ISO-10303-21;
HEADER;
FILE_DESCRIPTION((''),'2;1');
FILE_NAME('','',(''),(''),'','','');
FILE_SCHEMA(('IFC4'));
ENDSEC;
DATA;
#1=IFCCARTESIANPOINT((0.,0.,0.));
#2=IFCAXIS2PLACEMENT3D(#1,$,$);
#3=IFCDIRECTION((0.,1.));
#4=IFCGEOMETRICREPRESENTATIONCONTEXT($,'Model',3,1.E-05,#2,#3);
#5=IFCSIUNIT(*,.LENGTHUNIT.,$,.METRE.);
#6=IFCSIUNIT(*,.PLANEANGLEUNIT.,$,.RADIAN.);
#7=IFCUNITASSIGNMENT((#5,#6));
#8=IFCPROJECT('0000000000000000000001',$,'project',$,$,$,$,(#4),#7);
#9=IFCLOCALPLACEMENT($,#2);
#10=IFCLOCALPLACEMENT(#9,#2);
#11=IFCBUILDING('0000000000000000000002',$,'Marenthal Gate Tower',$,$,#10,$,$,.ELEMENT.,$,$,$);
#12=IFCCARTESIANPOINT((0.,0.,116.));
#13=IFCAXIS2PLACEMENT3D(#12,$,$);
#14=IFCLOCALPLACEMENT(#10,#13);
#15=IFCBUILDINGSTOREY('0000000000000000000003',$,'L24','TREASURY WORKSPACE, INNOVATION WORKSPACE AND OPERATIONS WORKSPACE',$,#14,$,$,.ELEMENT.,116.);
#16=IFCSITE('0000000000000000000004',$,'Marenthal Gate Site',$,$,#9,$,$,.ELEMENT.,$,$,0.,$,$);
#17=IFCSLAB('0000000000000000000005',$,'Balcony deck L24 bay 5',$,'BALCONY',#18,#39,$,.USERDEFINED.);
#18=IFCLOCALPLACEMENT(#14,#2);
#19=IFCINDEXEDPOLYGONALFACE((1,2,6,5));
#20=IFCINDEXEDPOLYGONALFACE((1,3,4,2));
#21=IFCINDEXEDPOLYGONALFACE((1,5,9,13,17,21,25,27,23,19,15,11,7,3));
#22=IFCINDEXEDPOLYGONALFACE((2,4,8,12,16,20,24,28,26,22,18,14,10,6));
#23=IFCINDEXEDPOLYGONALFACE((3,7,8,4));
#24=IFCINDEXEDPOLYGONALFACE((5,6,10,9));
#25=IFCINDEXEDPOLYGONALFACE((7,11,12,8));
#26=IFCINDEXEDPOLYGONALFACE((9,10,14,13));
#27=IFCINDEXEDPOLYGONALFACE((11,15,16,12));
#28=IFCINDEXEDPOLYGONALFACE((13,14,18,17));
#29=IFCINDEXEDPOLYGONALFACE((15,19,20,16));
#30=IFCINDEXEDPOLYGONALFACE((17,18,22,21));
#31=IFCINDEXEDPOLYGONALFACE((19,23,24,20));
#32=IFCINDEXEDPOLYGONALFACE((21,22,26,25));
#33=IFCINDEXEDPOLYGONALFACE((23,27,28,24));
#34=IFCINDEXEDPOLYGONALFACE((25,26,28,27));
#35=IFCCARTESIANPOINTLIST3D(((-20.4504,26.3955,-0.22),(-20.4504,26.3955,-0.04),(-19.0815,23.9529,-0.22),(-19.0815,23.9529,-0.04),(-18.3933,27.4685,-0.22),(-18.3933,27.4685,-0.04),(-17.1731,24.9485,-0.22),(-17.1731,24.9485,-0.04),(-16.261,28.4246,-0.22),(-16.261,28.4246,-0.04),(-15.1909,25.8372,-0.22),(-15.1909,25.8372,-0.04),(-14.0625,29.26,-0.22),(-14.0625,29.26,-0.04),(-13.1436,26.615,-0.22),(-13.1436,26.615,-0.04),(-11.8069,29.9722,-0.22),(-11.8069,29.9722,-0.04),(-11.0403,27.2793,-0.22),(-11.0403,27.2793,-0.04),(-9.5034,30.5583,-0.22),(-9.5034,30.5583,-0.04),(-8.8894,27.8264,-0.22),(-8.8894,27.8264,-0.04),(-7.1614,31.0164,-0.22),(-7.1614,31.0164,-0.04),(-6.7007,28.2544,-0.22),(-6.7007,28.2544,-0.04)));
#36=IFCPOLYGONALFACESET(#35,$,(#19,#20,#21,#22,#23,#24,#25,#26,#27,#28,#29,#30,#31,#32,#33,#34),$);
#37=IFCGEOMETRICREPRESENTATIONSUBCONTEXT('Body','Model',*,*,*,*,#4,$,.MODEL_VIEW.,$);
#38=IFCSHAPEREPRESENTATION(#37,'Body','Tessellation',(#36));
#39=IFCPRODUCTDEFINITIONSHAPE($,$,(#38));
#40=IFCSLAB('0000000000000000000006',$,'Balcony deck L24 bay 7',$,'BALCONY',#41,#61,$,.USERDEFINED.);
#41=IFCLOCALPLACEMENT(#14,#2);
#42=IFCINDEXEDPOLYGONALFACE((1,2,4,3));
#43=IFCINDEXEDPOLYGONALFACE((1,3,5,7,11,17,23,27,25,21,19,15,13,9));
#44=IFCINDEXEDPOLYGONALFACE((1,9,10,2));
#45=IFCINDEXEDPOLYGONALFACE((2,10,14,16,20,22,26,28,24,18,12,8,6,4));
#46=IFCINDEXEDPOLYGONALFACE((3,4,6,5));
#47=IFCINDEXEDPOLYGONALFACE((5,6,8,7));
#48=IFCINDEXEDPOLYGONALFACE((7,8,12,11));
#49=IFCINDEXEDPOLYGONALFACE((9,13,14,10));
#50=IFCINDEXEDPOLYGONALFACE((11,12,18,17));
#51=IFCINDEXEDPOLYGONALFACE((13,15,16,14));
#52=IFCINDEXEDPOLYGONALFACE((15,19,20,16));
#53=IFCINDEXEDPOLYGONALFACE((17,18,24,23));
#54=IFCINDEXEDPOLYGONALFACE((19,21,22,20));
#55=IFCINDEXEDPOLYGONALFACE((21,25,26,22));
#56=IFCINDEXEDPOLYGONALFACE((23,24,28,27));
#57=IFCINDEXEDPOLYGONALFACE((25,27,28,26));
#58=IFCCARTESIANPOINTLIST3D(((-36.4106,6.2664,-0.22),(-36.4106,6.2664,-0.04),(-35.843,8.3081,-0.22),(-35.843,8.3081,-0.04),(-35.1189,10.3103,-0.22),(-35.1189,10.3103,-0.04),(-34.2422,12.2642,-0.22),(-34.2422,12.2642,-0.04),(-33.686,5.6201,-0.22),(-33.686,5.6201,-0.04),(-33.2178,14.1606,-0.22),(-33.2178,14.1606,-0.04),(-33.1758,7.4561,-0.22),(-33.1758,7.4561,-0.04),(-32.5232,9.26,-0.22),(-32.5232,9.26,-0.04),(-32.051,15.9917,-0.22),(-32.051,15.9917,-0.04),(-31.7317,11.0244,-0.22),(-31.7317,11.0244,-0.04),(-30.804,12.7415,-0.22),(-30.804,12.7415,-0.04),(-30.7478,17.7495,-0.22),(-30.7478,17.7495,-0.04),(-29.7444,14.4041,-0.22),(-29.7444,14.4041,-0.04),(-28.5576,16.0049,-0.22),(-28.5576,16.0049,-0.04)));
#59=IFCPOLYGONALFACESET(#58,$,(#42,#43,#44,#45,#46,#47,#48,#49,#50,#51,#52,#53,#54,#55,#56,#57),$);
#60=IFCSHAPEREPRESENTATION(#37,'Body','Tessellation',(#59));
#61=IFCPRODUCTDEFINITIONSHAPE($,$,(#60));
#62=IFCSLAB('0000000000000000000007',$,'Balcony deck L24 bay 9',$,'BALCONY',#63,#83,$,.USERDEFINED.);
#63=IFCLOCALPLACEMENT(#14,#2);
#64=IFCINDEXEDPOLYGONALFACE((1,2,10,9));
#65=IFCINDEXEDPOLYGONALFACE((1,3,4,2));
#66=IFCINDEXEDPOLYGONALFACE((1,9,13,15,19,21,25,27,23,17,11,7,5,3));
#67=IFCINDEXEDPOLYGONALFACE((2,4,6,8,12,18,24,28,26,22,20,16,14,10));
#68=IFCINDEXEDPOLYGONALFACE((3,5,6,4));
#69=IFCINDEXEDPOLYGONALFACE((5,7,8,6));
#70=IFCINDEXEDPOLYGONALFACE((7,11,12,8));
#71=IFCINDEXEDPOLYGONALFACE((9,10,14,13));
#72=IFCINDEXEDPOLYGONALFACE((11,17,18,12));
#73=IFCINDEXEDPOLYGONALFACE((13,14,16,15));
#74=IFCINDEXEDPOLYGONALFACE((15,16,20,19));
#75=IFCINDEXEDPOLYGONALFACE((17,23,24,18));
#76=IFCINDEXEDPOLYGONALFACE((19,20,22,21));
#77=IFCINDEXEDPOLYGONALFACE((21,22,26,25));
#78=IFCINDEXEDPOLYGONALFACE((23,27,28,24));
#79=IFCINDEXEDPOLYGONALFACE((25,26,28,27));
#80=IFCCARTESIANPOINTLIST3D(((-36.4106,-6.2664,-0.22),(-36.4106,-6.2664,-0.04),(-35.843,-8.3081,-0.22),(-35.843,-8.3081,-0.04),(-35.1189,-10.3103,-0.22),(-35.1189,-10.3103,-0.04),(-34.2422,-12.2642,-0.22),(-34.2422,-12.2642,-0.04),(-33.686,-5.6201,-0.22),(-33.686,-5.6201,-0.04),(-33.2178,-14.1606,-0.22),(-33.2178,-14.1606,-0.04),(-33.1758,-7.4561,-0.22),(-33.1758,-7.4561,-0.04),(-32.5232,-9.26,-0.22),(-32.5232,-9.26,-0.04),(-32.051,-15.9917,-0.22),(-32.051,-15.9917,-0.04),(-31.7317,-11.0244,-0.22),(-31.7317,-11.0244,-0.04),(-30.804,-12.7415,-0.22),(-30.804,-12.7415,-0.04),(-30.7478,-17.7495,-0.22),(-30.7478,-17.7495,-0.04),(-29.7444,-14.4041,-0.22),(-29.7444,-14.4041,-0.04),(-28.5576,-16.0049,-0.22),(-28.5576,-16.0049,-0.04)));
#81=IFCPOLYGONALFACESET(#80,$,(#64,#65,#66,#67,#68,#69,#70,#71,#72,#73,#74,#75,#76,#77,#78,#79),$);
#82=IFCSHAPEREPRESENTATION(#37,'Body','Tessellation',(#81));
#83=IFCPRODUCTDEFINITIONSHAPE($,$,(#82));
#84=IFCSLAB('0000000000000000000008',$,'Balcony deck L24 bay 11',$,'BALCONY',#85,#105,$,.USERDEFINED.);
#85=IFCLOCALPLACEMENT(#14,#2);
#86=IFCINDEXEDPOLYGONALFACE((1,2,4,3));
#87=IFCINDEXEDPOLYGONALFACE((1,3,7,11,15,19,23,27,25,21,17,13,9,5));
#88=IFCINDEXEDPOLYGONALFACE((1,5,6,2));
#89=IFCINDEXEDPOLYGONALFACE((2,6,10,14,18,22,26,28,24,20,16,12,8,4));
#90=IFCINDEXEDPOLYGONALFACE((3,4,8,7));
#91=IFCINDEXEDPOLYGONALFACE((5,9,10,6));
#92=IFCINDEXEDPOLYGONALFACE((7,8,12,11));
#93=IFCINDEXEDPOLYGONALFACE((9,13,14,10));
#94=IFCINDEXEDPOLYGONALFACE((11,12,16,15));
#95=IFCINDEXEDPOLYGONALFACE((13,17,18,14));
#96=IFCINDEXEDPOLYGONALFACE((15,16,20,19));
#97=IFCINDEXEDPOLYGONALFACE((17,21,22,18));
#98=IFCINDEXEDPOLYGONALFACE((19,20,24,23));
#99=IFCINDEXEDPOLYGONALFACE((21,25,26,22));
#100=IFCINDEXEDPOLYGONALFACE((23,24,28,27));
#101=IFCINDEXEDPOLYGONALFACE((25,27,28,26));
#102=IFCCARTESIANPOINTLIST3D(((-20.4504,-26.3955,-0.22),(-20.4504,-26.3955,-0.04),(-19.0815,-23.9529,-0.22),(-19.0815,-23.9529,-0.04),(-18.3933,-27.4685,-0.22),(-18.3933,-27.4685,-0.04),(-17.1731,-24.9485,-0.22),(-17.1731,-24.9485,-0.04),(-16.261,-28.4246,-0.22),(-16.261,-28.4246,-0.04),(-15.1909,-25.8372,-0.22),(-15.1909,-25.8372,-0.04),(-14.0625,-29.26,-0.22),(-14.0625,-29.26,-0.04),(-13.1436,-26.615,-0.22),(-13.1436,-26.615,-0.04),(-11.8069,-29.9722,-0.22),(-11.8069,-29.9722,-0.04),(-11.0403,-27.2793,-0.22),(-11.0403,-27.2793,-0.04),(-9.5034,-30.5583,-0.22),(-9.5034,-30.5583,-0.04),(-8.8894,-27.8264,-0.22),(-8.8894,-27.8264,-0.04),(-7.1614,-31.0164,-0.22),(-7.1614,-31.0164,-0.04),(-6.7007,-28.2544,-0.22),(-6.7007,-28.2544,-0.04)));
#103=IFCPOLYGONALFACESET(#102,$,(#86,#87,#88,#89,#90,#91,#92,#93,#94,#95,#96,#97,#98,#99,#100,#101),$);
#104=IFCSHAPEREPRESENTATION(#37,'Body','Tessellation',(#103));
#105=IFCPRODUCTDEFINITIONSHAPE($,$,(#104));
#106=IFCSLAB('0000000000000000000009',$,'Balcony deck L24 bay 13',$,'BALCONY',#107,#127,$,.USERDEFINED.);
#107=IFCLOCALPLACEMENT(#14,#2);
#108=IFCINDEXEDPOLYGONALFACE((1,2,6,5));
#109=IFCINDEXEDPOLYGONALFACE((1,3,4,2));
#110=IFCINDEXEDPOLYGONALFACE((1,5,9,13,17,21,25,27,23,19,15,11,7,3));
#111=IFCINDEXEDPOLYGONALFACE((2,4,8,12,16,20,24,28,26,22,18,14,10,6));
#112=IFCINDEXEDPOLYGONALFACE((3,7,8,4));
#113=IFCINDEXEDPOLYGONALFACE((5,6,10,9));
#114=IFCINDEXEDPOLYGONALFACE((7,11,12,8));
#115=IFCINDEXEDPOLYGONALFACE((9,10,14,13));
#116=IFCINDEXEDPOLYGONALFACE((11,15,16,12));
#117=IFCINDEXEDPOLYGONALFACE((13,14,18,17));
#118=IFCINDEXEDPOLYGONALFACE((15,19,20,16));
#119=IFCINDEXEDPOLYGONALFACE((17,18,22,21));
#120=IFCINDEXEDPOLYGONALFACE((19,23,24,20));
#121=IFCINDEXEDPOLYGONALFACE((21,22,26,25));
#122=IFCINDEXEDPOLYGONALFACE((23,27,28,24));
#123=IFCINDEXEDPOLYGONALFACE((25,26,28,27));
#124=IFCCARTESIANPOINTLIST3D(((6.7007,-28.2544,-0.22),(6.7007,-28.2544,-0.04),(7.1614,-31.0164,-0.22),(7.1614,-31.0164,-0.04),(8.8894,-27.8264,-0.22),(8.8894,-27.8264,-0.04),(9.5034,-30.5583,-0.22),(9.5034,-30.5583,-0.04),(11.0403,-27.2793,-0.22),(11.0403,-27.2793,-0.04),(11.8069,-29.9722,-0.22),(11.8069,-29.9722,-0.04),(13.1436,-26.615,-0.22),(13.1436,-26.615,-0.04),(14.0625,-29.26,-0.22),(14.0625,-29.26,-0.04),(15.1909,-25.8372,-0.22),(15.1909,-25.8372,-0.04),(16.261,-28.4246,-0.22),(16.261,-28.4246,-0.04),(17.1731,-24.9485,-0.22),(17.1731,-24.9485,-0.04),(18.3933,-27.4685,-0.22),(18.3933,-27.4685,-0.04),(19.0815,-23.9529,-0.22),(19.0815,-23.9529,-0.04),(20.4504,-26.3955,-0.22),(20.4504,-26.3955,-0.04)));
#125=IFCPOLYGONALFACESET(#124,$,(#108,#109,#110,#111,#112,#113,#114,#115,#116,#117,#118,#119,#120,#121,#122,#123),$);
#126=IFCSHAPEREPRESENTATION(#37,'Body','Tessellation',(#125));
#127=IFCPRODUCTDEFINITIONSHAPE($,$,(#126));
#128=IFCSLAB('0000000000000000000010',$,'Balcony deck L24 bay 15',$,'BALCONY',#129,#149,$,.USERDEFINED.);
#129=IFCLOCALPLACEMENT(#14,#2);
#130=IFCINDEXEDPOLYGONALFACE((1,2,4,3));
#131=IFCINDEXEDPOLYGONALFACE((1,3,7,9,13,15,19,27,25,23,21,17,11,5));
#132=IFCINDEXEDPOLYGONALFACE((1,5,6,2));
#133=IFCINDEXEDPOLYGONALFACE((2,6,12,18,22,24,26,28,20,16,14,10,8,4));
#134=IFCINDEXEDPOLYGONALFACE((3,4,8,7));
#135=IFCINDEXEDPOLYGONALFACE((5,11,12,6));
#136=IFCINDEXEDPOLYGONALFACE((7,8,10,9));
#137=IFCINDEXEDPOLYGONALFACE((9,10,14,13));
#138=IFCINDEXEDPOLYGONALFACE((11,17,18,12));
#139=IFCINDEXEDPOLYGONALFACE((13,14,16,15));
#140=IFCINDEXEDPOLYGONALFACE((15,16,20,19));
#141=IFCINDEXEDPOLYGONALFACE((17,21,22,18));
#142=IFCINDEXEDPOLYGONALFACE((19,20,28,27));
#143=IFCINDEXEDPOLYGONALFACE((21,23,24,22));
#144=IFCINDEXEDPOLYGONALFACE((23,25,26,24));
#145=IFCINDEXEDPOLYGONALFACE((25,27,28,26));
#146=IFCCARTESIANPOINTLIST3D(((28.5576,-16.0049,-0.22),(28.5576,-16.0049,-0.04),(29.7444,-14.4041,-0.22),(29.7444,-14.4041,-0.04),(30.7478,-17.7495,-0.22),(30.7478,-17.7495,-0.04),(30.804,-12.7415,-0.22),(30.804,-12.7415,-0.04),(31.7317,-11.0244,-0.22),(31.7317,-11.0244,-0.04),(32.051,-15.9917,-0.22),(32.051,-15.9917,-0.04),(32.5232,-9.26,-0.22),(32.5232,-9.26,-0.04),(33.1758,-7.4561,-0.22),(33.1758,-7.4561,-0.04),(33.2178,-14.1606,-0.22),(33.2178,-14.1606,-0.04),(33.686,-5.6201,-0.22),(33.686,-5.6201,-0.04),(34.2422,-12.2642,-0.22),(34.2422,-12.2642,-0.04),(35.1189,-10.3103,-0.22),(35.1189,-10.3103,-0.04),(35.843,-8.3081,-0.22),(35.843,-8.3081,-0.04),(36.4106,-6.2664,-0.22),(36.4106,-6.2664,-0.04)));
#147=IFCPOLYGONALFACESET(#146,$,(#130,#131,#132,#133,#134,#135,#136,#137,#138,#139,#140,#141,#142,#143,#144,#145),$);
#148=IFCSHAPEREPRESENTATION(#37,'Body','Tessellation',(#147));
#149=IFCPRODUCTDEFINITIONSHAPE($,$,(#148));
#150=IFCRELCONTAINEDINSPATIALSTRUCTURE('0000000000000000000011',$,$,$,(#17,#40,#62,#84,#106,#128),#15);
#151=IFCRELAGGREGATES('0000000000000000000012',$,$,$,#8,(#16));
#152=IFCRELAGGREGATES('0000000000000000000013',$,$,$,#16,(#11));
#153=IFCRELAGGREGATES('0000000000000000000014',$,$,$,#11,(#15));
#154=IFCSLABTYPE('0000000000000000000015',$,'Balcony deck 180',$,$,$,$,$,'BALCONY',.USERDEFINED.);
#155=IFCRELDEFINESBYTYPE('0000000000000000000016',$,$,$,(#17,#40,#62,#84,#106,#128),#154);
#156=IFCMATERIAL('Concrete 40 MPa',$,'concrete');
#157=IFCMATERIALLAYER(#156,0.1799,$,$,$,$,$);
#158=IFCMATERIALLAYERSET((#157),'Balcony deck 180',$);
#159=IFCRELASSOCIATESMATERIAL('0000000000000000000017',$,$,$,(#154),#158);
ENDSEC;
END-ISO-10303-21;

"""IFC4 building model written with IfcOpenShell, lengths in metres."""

from ifc_helpers import new_model, si_unit, direction, frame, origin, place, context, subcontext, project, spatial, polyline, outline, extrude, material, layer, layer_set, type_object, element, save


model = new_model("IFC4")

# Units and contexts
model_context = context("Model", 3, precision=1e-05, world=origin(), true_north=direction((0.0, 1.0)))
body_context = subcontext(model_context, "Body", "Model", "MODEL_VIEW")
ifc_project = project(units=[si_unit("LENGTHUNIT", "METRE"), si_unit("PLANEANGLEUNIT", "RADIAN")], contexts=[model_context])

# Site, building, storey
site_placement = place(None, origin())
site = spatial("IfcSite", under=ifc_project, at=site_placement, Name="Marenthal Gate Site", CompositionType="ELEMENT", RefElevation=0.0)
building_placement = place(site_placement, origin())
building = spatial("IfcBuilding", under=site, at=building_placement, Name="Marenthal Gate Tower", CompositionType="ELEMENT")
storey_placement = place(building_placement, frame((0.0, 0.0, 116.0)))
storey = spatial("IfcBuildingStorey", under=building, at=storey_placement, Name="L24", Description="TREASURY WORKSPACE, INNOVATION WORKSPACE AND OPERATIONS WORKSPACE", CompositionType="ELEMENT", Elevation=116.0)

# Slabs
ifc_material_1 = material(Name="Concrete 40 MPa", Category="concrete")
ifc_layer_1 = layer(ifc_material_1, 0.1799)
ifc_layer_set_1 = layer_set([ifc_layer_1], Name="Balcony deck 180")
slab_type_1 = type_object("IfcSlabType", Name="Balcony deck 180", ElementType="BALCONY", PredefinedType="USERDEFINED", material=ifc_layer_set_1)
slab_1_placement = place(storey_placement, frame((0.0, 0.0, -0.22)))
element("IfcSlab", 1, at=slab_1_placement, inside=storey, type_object=slab_type_1, Name="Balcony deck L24 bay 5", ObjectType="BALCONY", PredefinedType="USERDEFINED", context=body_context, shape_type="SweptSolid", body=[
    extrude(outline(polyline([(-6.7007, 28.2544), (-8.8894, 27.8264), (-11.0403, 27.2793), (-13.1436, 26.615), (-15.1909, 25.8372), (-17.1731, 24.9485), (-19.0815, 23.9529), (-20.4504, 26.3955), (-18.3933, 27.4685), (-16.261, 28.4246), (-14.0625, 29.26), (-11.8069, 29.9722), (-9.5034, 30.5583), (-7.1614, 31.0164), (-6.7007, 28.2544)])), origin(), (0.0, 0.0, 1.0), 0.1799),
])
slab_2_placement = place(storey_placement, frame((0.0, 0.0, -0.22)))
element("IfcSlab", 2, at=slab_2_placement, inside=storey, type_object=slab_type_1, Name="Balcony deck L24 bay 7", ObjectType="BALCONY", PredefinedType="USERDEFINED", context=body_context, shape_type="SweptSolid", body=[
    extrude(outline(polyline([(-28.5576, 16.0049), (-29.7444, 14.4041), (-30.804, 12.7415), (-31.7317, 11.0244), (-32.5232, 9.26), (-33.1758, 7.4561), (-33.686, 5.6201), (-36.4106, 6.2664), (-35.843, 8.3081), (-35.1189, 10.3103), (-34.2422, 12.2642), (-33.2178, 14.1606), (-32.051, 15.9917), (-30.7478, 17.7495), (-28.5576, 16.0049)])), origin(), (0.0, 0.0, 1.0), 0.1799),
])
slab_3_placement = place(storey_placement, frame((0.0, 0.0, -0.22)))
element("IfcSlab", 3, at=slab_3_placement, inside=storey, type_object=slab_type_1, Name="Balcony deck L24 bay 9", ObjectType="BALCONY", PredefinedType="USERDEFINED", context=body_context, shape_type="SweptSolid", body=[
    extrude(outline(polyline([(-33.686, -5.6201), (-33.1758, -7.4561), (-32.5232, -9.26), (-31.7317, -11.0244), (-30.804, -12.7415), (-29.7444, -14.4041), (-28.5576, -16.0049), (-30.7478, -17.7495), (-32.051, -15.9917), (-33.2178, -14.1606), (-34.2422, -12.2642), (-35.1189, -10.3103), (-35.843, -8.3081), (-36.4106, -6.2664), (-33.686, -5.6201)])), origin(), (0.0, 0.0, 1.0), 0.1799),
])
slab_4_placement = place(storey_placement, frame((0.0, 0.0, -0.22)))
element("IfcSlab", 4, at=slab_4_placement, inside=storey, type_object=slab_type_1, Name="Balcony deck L24 bay 11", ObjectType="BALCONY", PredefinedType="USERDEFINED", context=body_context, shape_type="SweptSolid", body=[
    extrude(outline(polyline([(-19.0815, -23.9529), (-17.1731, -24.9485), (-15.1909, -25.8372), (-13.1436, -26.615), (-11.0403, -27.2793), (-8.8894, -27.8264), (-6.7007, -28.2544), (-7.1614, -31.0164), (-9.5034, -30.5583), (-11.8069, -29.9722), (-14.0625, -29.26), (-16.261, -28.4246), (-18.3933, -27.4685), (-20.4504, -26.3955), (-19.0815, -23.9529)])), origin(), (0.0, 0.0, 1.0), 0.1799),
])
slab_5_placement = place(storey_placement, frame((0.0, 0.0, -0.22)))
element("IfcSlab", 5, at=slab_5_placement, inside=storey, type_object=slab_type_1, Name="Balcony deck L24 bay 13", ObjectType="BALCONY", PredefinedType="USERDEFINED", context=body_context, shape_type="SweptSolid", body=[
    extrude(outline(polyline([(6.7007, -28.2544), (8.8894, -27.8264), (11.0403, -27.2793), (13.1436, -26.615), (15.1909, -25.8372), (17.1731, -24.9485), (19.0815, -23.9529), (20.4504, -26.3955), (18.3933, -27.4685), (16.261, -28.4246), (14.0625, -29.26), (11.8069, -29.9722), (9.5034, -30.5583), (7.1614, -31.0164), (6.7007, -28.2544)])), origin(), (0.0, 0.0, 1.0), 0.1799),
])
slab_6_placement = place(storey_placement, frame((0.0, 0.0, -0.22)))
element("IfcSlab", 6, at=slab_6_placement, inside=storey, type_object=slab_type_1, Name="Balcony deck L24 bay 15", ObjectType="BALCONY", PredefinedType="USERDEFINED", context=body_context, shape_type="SweptSolid", body=[
    extrude(outline(polyline([(28.5576, -16.0049), (29.7444, -14.4041), (30.804, -12.7415), (31.7317, -11.0244), (32.5232, -9.26), (33.1758, -7.4561), (33.686, -5.6201), (36.4106, -6.2664), (35.843, -8.3081), (35.1189, -10.3103), (34.2422, -12.2642), (33.2178, -14.1606), (32.051, -15.9917), (30.7478, -17.7495), (28.5576, -16.0049)])), origin(), (0.0, 0.0, 1.0), 0.1799),
])

save(model, "model.ifc")
